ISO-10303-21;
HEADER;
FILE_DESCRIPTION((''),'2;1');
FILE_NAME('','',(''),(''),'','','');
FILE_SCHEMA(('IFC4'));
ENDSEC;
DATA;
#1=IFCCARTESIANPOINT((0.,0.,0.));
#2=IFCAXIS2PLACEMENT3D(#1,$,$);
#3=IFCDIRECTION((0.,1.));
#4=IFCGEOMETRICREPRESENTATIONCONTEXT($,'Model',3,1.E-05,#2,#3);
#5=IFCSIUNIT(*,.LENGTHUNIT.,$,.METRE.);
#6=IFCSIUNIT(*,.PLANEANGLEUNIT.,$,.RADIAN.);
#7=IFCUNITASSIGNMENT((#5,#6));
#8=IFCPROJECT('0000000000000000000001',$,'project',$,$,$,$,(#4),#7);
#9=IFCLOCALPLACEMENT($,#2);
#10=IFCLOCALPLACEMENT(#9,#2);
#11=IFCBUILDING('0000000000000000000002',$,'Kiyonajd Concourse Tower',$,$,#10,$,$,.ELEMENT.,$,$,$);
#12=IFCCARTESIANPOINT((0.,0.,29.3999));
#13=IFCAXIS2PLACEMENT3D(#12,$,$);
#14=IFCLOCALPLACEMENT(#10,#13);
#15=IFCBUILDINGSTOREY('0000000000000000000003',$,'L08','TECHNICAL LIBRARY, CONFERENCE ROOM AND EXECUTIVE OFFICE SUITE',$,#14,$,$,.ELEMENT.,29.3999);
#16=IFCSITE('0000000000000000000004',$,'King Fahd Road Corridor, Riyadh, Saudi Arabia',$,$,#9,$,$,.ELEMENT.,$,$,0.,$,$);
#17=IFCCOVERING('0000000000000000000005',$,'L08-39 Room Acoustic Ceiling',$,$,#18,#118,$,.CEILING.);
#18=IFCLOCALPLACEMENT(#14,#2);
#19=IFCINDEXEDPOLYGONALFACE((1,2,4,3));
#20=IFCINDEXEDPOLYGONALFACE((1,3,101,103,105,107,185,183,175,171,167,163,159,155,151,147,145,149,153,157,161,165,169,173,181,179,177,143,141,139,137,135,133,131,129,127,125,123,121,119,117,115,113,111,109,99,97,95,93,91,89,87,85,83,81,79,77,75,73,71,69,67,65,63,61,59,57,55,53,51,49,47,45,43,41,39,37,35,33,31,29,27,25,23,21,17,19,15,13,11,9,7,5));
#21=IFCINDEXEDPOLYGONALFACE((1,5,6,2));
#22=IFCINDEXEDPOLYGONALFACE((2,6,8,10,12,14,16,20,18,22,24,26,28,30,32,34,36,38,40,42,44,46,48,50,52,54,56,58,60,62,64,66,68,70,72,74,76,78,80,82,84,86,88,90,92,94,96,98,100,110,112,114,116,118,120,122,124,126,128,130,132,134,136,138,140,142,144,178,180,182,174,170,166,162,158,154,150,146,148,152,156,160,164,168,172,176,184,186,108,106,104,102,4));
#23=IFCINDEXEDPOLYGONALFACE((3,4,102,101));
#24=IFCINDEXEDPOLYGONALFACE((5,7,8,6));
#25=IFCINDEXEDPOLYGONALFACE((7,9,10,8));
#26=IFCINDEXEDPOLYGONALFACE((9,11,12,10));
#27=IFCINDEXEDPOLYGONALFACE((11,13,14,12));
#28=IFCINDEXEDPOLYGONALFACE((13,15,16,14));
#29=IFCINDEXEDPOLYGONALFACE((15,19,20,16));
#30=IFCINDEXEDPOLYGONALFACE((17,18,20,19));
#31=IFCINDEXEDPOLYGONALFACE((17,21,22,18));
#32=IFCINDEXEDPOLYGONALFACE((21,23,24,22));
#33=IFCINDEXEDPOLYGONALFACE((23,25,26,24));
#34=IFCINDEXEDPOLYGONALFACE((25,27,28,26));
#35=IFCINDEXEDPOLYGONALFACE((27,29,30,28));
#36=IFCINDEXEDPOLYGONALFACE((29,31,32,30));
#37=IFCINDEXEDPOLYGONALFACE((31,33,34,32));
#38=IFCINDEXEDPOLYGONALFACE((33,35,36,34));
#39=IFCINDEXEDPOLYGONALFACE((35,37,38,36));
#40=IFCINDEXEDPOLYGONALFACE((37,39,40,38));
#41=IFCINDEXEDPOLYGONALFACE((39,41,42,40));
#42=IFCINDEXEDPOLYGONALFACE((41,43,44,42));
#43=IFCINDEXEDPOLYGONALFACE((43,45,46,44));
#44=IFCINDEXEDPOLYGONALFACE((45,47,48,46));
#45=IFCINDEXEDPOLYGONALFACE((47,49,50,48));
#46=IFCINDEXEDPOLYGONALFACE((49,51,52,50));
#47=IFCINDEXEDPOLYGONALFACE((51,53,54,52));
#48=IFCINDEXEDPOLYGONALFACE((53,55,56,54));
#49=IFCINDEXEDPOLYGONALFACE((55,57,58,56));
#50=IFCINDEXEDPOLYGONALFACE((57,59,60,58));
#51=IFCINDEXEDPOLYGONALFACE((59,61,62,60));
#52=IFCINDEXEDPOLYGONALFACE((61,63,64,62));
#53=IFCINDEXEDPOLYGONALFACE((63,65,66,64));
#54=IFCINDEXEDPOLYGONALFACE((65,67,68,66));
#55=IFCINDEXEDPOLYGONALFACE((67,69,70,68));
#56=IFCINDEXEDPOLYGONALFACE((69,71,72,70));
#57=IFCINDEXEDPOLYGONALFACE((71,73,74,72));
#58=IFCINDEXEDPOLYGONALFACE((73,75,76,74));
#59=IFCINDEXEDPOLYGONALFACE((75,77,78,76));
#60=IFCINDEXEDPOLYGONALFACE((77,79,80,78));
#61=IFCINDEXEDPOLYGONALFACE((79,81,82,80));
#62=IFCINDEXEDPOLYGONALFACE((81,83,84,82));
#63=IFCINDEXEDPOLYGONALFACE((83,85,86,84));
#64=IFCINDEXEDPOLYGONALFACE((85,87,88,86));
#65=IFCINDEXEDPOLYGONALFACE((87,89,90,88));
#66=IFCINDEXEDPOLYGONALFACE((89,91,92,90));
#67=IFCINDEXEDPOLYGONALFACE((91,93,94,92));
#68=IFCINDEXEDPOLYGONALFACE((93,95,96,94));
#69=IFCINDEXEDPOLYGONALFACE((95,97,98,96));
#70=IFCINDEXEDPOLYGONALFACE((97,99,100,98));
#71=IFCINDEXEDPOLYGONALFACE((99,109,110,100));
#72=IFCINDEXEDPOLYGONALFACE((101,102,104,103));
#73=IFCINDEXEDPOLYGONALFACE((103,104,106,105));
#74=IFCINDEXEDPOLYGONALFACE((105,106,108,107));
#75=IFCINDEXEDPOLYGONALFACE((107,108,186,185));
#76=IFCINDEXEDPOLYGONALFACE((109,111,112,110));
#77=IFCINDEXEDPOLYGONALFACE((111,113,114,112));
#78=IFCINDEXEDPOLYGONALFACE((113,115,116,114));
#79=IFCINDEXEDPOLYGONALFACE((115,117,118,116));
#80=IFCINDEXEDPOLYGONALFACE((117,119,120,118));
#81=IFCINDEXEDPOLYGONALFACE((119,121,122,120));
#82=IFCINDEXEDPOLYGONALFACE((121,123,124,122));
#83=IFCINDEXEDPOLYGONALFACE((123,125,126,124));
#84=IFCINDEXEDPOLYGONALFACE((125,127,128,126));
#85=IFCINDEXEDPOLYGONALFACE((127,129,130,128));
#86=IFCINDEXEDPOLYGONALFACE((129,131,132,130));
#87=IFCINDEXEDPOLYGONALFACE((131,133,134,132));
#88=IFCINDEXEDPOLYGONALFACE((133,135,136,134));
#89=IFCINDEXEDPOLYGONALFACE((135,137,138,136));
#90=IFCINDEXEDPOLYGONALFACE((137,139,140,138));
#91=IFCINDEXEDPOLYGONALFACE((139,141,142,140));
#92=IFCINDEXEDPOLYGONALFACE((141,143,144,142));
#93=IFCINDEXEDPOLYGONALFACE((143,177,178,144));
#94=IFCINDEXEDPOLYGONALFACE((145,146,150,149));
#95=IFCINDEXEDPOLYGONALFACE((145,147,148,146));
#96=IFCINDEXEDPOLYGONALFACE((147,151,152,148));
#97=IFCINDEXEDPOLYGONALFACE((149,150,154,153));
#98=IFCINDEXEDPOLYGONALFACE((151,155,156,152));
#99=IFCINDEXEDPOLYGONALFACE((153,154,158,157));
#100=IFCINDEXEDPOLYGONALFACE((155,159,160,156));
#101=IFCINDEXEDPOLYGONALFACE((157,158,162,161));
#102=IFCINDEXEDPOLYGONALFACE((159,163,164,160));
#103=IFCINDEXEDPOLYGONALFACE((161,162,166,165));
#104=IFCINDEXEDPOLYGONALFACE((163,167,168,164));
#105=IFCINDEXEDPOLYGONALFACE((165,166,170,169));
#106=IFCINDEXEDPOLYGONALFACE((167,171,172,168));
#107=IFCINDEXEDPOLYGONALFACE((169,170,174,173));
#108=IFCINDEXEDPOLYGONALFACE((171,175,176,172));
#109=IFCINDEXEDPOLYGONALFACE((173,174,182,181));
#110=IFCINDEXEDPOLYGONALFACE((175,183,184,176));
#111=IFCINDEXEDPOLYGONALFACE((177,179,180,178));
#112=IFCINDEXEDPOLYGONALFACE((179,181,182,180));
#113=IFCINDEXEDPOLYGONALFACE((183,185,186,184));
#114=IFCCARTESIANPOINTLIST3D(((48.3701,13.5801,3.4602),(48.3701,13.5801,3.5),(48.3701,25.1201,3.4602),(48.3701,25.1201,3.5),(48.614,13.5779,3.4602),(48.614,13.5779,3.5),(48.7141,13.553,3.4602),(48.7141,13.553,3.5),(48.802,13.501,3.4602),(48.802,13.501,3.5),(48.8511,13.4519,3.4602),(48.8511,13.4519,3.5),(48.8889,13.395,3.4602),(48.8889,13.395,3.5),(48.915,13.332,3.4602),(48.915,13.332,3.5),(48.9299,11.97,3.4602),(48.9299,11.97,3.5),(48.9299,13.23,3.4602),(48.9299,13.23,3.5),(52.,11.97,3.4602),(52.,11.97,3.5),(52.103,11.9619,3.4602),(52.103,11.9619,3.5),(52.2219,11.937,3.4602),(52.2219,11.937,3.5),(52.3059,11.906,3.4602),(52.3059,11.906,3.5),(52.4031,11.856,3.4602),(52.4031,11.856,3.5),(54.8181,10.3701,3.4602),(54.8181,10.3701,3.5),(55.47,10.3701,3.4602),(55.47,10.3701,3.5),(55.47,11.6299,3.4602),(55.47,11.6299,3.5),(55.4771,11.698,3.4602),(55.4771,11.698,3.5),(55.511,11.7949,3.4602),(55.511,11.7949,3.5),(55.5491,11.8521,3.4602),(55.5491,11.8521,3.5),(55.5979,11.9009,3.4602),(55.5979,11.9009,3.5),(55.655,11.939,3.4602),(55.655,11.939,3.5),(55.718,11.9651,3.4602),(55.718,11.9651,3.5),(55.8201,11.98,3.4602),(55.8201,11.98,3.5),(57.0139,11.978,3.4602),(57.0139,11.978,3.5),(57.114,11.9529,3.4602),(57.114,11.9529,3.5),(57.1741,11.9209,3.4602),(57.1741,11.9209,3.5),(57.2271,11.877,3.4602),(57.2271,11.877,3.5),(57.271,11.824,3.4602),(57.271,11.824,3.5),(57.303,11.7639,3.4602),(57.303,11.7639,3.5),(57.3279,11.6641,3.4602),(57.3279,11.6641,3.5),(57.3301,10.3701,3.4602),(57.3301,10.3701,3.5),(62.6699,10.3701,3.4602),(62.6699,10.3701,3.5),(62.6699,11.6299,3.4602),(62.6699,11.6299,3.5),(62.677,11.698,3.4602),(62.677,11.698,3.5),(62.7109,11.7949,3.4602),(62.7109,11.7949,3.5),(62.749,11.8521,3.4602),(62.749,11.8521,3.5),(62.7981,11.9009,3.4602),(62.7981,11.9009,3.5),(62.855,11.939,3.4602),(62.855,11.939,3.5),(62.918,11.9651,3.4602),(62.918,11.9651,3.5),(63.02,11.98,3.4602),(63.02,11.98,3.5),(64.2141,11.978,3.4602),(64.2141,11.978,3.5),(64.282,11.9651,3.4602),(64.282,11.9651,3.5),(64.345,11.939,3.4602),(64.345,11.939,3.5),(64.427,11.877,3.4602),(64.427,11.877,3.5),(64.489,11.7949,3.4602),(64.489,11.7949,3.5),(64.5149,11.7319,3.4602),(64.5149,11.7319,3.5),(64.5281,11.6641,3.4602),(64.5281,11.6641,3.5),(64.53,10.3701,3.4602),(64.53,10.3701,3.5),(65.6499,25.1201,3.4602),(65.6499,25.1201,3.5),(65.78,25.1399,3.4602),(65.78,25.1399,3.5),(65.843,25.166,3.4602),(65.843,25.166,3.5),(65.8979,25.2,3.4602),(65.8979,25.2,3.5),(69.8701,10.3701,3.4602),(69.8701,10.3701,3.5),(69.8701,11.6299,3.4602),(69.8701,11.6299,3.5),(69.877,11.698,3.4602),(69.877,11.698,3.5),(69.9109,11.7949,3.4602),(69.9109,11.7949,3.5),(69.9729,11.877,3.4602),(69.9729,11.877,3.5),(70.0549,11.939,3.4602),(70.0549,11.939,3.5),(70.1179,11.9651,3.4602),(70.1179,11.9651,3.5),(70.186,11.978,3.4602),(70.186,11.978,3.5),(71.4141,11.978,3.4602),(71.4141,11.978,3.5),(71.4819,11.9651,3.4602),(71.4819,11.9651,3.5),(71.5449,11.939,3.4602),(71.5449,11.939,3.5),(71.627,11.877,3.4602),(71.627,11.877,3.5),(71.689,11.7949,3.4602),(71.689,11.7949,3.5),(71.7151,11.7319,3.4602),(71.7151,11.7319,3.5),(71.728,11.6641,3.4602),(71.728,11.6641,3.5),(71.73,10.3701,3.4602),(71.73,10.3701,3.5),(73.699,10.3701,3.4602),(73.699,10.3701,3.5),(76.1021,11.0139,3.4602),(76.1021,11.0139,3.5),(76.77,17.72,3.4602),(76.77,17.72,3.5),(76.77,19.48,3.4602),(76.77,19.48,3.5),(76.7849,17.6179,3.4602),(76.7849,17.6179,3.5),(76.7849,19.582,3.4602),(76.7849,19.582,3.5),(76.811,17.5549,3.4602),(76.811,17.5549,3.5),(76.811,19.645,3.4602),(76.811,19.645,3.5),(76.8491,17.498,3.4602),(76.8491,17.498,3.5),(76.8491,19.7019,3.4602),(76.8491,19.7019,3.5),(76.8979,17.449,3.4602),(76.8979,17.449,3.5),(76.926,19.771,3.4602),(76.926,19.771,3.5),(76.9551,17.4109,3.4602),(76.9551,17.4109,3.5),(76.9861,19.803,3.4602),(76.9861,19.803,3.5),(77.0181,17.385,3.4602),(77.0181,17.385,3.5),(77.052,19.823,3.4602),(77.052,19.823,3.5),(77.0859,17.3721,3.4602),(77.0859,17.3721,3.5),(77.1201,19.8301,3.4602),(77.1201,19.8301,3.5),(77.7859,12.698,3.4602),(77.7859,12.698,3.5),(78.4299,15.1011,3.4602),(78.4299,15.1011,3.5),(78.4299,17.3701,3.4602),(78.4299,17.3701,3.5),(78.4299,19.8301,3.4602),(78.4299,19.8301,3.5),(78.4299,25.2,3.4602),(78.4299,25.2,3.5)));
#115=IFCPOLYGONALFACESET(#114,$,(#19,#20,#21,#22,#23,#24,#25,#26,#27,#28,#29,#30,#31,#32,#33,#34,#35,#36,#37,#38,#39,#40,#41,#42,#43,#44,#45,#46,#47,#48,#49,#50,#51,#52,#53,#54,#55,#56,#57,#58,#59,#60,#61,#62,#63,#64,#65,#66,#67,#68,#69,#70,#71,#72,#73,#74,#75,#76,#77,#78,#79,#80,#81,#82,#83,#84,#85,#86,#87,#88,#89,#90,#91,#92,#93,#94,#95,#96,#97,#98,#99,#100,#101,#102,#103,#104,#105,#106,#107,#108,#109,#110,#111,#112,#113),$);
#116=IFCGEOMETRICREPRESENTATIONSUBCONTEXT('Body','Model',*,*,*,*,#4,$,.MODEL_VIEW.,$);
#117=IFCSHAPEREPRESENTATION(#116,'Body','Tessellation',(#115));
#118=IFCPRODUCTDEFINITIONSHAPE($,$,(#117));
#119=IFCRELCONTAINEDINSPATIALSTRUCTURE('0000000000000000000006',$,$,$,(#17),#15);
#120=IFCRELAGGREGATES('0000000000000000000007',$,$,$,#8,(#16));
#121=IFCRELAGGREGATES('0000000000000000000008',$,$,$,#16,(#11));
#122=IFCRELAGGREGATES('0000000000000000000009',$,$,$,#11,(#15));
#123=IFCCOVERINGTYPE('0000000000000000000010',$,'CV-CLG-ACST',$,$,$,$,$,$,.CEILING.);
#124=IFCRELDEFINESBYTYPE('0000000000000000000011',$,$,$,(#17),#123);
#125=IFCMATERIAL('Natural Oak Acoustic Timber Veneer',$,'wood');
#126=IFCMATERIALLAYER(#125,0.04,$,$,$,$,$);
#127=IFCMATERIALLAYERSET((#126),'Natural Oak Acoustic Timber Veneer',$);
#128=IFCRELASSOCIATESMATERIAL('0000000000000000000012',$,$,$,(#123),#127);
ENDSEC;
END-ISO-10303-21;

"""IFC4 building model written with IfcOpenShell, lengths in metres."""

from ifc_helpers import new_model, si_unit, direction, frame, origin, place, context, subcontext, project, spatial, polyline, outline, extrude, material, layer, layer_set, type_object, element, save


model = new_model("IFC4")

# Units and contexts
model_context = context("Model", 3, precision=1e-05, world=origin(), true_north=direction((0.0, 1.0)))
body_context = subcontext(model_context, "Body", "Model", "MODEL_VIEW")
ifc_project = project(units=[si_unit("LENGTHUNIT", "METRE"), si_unit("PLANEANGLEUNIT", "RADIAN")], contexts=[model_context])

# Site, building, storey
site_placement = place(None, origin())
site = spatial("IfcSite", under=ifc_project, at=site_placement, Name="King Fahd Road Corridor, Riyadh, Saudi Arabia", CompositionType="ELEMENT", RefElevation=0.0)
building_placement = place(site_placement, origin())
building = spatial("IfcBuilding", under=site, at=building_placement, Name="Kiyonajd Concourse Tower", CompositionType="ELEMENT")
storey_placement = place(building_placement, frame((0.0, 0.0, 29.3999)))
storey = spatial("IfcBuildingStorey", under=building, at=storey_placement, Name="L08", Description="TECHNICAL LIBRARY, CONFERENCE ROOM AND EXECUTIVE OFFICE SUITE", CompositionType="ELEMENT", Elevation=29.3999)

# Shared definitions
ifc_material_1 = material(Name="Natural Oak Acoustic Timber Veneer", Category="wood")

# Covering
ifc_layer_1 = layer(ifc_material_1, 0.04)
ifc_layer_set_1 = layer_set([ifc_layer_1], Name="Natural Oak Acoustic Timber Veneer")
covering_type = type_object("IfcCoveringType", Name="CV-CLG-ACST", PredefinedType="CEILING", material=ifc_layer_set_1)
covering_1_placement = place(storey_placement, frame((0.0, 0.0, 3.4602)))
element("IfcCovering", 1, at=covering_1_placement, inside=storey, type_object=covering_type, Name="L08-39 Room Acoustic Ceiling", PredefinedType="CEILING", context=body_context, shape_type="SweptSolid", body=[
    extrude(outline(polyline([(65.8979, 25.2), (78.4299, 25.2), (78.4299, 19.8301), (77.1201, 19.8301), (77.052, 19.823), (76.9861, 19.803), (76.926, 19.771), (76.8491, 19.7019), (76.811, 19.645), (76.7849, 19.582), (76.77, 19.48), (76.77, 17.72), (76.7849, 17.6179), (76.811, 17.5549), (76.8491, 17.498), (76.8979, 17.449), (76.9551, 17.4109), (77.0181, 17.385), (77.0859, 17.3721), (78.4299, 17.3701), (78.4299, 15.1011), (77.7859, 12.698), (76.1021, 11.0139), (73.699, 10.3701), (71.73, 10.3701), (71.728, 11.6641), (71.7151, 11.7319), (71.689, 11.7949), (71.627, 11.877), (71.5449, 11.939), (71.4819, 11.9651), (71.4141, 11.978), (70.186, 11.978), (70.1179, 11.9651), (70.0549, 11.939), (69.9729, 11.877), (69.9109, 11.7949), (69.877, 11.698), (69.8701, 11.6299), (69.8701, 10.3701), (64.53, 10.3701), (64.5281, 11.6641), (64.5149, 11.7319), (64.489, 11.7949), (64.427, 11.877), (64.345, 11.939), (64.282, 11.9651), (64.2141, 11.978), (63.02, 11.98), (62.918, 11.9651), (62.855, 11.939), (62.7981, 11.9009), (62.749, 11.8521), (62.7109, 11.7949), (62.677, 11.698), (62.6699, 11.6299), (62.6699, 10.3701), (57.3301, 10.3701), (57.3279, 11.6641), (57.303, 11.7639), (57.271, 11.824), (57.2271, 11.877), (57.1741, 11.9209), (57.114, 11.9529), (57.0139, 11.978), (55.8201, 11.98), (55.718, 11.9651), (55.655, 11.939), (55.5979, 11.9009), (55.5491, 11.8521), (55.511, 11.7949), (55.4771, 11.698), (55.47, 11.6299), (55.47, 10.3701), (54.8181, 10.3701), (52.4031, 11.856), (52.3059, 11.906), (52.2219, 11.937), (52.103, 11.9619), (52.0, 11.97), (48.9299, 11.97), (48.9299, 13.23), (48.915, 13.332), (48.8889, 13.395), (48.8511, 13.4519), (48.802, 13.501), (48.7141, 13.553), (48.614, 13.5779), (48.3701, 13.5801), (48.3701, 25.1201), (65.6499, 25.1201), (65.78, 25.1399), (65.843, 25.166), (65.8979, 25.2)])), origin(), (0.0, 0.0, 1.0), 0.0398),
])

save(model, "model.ifc")
